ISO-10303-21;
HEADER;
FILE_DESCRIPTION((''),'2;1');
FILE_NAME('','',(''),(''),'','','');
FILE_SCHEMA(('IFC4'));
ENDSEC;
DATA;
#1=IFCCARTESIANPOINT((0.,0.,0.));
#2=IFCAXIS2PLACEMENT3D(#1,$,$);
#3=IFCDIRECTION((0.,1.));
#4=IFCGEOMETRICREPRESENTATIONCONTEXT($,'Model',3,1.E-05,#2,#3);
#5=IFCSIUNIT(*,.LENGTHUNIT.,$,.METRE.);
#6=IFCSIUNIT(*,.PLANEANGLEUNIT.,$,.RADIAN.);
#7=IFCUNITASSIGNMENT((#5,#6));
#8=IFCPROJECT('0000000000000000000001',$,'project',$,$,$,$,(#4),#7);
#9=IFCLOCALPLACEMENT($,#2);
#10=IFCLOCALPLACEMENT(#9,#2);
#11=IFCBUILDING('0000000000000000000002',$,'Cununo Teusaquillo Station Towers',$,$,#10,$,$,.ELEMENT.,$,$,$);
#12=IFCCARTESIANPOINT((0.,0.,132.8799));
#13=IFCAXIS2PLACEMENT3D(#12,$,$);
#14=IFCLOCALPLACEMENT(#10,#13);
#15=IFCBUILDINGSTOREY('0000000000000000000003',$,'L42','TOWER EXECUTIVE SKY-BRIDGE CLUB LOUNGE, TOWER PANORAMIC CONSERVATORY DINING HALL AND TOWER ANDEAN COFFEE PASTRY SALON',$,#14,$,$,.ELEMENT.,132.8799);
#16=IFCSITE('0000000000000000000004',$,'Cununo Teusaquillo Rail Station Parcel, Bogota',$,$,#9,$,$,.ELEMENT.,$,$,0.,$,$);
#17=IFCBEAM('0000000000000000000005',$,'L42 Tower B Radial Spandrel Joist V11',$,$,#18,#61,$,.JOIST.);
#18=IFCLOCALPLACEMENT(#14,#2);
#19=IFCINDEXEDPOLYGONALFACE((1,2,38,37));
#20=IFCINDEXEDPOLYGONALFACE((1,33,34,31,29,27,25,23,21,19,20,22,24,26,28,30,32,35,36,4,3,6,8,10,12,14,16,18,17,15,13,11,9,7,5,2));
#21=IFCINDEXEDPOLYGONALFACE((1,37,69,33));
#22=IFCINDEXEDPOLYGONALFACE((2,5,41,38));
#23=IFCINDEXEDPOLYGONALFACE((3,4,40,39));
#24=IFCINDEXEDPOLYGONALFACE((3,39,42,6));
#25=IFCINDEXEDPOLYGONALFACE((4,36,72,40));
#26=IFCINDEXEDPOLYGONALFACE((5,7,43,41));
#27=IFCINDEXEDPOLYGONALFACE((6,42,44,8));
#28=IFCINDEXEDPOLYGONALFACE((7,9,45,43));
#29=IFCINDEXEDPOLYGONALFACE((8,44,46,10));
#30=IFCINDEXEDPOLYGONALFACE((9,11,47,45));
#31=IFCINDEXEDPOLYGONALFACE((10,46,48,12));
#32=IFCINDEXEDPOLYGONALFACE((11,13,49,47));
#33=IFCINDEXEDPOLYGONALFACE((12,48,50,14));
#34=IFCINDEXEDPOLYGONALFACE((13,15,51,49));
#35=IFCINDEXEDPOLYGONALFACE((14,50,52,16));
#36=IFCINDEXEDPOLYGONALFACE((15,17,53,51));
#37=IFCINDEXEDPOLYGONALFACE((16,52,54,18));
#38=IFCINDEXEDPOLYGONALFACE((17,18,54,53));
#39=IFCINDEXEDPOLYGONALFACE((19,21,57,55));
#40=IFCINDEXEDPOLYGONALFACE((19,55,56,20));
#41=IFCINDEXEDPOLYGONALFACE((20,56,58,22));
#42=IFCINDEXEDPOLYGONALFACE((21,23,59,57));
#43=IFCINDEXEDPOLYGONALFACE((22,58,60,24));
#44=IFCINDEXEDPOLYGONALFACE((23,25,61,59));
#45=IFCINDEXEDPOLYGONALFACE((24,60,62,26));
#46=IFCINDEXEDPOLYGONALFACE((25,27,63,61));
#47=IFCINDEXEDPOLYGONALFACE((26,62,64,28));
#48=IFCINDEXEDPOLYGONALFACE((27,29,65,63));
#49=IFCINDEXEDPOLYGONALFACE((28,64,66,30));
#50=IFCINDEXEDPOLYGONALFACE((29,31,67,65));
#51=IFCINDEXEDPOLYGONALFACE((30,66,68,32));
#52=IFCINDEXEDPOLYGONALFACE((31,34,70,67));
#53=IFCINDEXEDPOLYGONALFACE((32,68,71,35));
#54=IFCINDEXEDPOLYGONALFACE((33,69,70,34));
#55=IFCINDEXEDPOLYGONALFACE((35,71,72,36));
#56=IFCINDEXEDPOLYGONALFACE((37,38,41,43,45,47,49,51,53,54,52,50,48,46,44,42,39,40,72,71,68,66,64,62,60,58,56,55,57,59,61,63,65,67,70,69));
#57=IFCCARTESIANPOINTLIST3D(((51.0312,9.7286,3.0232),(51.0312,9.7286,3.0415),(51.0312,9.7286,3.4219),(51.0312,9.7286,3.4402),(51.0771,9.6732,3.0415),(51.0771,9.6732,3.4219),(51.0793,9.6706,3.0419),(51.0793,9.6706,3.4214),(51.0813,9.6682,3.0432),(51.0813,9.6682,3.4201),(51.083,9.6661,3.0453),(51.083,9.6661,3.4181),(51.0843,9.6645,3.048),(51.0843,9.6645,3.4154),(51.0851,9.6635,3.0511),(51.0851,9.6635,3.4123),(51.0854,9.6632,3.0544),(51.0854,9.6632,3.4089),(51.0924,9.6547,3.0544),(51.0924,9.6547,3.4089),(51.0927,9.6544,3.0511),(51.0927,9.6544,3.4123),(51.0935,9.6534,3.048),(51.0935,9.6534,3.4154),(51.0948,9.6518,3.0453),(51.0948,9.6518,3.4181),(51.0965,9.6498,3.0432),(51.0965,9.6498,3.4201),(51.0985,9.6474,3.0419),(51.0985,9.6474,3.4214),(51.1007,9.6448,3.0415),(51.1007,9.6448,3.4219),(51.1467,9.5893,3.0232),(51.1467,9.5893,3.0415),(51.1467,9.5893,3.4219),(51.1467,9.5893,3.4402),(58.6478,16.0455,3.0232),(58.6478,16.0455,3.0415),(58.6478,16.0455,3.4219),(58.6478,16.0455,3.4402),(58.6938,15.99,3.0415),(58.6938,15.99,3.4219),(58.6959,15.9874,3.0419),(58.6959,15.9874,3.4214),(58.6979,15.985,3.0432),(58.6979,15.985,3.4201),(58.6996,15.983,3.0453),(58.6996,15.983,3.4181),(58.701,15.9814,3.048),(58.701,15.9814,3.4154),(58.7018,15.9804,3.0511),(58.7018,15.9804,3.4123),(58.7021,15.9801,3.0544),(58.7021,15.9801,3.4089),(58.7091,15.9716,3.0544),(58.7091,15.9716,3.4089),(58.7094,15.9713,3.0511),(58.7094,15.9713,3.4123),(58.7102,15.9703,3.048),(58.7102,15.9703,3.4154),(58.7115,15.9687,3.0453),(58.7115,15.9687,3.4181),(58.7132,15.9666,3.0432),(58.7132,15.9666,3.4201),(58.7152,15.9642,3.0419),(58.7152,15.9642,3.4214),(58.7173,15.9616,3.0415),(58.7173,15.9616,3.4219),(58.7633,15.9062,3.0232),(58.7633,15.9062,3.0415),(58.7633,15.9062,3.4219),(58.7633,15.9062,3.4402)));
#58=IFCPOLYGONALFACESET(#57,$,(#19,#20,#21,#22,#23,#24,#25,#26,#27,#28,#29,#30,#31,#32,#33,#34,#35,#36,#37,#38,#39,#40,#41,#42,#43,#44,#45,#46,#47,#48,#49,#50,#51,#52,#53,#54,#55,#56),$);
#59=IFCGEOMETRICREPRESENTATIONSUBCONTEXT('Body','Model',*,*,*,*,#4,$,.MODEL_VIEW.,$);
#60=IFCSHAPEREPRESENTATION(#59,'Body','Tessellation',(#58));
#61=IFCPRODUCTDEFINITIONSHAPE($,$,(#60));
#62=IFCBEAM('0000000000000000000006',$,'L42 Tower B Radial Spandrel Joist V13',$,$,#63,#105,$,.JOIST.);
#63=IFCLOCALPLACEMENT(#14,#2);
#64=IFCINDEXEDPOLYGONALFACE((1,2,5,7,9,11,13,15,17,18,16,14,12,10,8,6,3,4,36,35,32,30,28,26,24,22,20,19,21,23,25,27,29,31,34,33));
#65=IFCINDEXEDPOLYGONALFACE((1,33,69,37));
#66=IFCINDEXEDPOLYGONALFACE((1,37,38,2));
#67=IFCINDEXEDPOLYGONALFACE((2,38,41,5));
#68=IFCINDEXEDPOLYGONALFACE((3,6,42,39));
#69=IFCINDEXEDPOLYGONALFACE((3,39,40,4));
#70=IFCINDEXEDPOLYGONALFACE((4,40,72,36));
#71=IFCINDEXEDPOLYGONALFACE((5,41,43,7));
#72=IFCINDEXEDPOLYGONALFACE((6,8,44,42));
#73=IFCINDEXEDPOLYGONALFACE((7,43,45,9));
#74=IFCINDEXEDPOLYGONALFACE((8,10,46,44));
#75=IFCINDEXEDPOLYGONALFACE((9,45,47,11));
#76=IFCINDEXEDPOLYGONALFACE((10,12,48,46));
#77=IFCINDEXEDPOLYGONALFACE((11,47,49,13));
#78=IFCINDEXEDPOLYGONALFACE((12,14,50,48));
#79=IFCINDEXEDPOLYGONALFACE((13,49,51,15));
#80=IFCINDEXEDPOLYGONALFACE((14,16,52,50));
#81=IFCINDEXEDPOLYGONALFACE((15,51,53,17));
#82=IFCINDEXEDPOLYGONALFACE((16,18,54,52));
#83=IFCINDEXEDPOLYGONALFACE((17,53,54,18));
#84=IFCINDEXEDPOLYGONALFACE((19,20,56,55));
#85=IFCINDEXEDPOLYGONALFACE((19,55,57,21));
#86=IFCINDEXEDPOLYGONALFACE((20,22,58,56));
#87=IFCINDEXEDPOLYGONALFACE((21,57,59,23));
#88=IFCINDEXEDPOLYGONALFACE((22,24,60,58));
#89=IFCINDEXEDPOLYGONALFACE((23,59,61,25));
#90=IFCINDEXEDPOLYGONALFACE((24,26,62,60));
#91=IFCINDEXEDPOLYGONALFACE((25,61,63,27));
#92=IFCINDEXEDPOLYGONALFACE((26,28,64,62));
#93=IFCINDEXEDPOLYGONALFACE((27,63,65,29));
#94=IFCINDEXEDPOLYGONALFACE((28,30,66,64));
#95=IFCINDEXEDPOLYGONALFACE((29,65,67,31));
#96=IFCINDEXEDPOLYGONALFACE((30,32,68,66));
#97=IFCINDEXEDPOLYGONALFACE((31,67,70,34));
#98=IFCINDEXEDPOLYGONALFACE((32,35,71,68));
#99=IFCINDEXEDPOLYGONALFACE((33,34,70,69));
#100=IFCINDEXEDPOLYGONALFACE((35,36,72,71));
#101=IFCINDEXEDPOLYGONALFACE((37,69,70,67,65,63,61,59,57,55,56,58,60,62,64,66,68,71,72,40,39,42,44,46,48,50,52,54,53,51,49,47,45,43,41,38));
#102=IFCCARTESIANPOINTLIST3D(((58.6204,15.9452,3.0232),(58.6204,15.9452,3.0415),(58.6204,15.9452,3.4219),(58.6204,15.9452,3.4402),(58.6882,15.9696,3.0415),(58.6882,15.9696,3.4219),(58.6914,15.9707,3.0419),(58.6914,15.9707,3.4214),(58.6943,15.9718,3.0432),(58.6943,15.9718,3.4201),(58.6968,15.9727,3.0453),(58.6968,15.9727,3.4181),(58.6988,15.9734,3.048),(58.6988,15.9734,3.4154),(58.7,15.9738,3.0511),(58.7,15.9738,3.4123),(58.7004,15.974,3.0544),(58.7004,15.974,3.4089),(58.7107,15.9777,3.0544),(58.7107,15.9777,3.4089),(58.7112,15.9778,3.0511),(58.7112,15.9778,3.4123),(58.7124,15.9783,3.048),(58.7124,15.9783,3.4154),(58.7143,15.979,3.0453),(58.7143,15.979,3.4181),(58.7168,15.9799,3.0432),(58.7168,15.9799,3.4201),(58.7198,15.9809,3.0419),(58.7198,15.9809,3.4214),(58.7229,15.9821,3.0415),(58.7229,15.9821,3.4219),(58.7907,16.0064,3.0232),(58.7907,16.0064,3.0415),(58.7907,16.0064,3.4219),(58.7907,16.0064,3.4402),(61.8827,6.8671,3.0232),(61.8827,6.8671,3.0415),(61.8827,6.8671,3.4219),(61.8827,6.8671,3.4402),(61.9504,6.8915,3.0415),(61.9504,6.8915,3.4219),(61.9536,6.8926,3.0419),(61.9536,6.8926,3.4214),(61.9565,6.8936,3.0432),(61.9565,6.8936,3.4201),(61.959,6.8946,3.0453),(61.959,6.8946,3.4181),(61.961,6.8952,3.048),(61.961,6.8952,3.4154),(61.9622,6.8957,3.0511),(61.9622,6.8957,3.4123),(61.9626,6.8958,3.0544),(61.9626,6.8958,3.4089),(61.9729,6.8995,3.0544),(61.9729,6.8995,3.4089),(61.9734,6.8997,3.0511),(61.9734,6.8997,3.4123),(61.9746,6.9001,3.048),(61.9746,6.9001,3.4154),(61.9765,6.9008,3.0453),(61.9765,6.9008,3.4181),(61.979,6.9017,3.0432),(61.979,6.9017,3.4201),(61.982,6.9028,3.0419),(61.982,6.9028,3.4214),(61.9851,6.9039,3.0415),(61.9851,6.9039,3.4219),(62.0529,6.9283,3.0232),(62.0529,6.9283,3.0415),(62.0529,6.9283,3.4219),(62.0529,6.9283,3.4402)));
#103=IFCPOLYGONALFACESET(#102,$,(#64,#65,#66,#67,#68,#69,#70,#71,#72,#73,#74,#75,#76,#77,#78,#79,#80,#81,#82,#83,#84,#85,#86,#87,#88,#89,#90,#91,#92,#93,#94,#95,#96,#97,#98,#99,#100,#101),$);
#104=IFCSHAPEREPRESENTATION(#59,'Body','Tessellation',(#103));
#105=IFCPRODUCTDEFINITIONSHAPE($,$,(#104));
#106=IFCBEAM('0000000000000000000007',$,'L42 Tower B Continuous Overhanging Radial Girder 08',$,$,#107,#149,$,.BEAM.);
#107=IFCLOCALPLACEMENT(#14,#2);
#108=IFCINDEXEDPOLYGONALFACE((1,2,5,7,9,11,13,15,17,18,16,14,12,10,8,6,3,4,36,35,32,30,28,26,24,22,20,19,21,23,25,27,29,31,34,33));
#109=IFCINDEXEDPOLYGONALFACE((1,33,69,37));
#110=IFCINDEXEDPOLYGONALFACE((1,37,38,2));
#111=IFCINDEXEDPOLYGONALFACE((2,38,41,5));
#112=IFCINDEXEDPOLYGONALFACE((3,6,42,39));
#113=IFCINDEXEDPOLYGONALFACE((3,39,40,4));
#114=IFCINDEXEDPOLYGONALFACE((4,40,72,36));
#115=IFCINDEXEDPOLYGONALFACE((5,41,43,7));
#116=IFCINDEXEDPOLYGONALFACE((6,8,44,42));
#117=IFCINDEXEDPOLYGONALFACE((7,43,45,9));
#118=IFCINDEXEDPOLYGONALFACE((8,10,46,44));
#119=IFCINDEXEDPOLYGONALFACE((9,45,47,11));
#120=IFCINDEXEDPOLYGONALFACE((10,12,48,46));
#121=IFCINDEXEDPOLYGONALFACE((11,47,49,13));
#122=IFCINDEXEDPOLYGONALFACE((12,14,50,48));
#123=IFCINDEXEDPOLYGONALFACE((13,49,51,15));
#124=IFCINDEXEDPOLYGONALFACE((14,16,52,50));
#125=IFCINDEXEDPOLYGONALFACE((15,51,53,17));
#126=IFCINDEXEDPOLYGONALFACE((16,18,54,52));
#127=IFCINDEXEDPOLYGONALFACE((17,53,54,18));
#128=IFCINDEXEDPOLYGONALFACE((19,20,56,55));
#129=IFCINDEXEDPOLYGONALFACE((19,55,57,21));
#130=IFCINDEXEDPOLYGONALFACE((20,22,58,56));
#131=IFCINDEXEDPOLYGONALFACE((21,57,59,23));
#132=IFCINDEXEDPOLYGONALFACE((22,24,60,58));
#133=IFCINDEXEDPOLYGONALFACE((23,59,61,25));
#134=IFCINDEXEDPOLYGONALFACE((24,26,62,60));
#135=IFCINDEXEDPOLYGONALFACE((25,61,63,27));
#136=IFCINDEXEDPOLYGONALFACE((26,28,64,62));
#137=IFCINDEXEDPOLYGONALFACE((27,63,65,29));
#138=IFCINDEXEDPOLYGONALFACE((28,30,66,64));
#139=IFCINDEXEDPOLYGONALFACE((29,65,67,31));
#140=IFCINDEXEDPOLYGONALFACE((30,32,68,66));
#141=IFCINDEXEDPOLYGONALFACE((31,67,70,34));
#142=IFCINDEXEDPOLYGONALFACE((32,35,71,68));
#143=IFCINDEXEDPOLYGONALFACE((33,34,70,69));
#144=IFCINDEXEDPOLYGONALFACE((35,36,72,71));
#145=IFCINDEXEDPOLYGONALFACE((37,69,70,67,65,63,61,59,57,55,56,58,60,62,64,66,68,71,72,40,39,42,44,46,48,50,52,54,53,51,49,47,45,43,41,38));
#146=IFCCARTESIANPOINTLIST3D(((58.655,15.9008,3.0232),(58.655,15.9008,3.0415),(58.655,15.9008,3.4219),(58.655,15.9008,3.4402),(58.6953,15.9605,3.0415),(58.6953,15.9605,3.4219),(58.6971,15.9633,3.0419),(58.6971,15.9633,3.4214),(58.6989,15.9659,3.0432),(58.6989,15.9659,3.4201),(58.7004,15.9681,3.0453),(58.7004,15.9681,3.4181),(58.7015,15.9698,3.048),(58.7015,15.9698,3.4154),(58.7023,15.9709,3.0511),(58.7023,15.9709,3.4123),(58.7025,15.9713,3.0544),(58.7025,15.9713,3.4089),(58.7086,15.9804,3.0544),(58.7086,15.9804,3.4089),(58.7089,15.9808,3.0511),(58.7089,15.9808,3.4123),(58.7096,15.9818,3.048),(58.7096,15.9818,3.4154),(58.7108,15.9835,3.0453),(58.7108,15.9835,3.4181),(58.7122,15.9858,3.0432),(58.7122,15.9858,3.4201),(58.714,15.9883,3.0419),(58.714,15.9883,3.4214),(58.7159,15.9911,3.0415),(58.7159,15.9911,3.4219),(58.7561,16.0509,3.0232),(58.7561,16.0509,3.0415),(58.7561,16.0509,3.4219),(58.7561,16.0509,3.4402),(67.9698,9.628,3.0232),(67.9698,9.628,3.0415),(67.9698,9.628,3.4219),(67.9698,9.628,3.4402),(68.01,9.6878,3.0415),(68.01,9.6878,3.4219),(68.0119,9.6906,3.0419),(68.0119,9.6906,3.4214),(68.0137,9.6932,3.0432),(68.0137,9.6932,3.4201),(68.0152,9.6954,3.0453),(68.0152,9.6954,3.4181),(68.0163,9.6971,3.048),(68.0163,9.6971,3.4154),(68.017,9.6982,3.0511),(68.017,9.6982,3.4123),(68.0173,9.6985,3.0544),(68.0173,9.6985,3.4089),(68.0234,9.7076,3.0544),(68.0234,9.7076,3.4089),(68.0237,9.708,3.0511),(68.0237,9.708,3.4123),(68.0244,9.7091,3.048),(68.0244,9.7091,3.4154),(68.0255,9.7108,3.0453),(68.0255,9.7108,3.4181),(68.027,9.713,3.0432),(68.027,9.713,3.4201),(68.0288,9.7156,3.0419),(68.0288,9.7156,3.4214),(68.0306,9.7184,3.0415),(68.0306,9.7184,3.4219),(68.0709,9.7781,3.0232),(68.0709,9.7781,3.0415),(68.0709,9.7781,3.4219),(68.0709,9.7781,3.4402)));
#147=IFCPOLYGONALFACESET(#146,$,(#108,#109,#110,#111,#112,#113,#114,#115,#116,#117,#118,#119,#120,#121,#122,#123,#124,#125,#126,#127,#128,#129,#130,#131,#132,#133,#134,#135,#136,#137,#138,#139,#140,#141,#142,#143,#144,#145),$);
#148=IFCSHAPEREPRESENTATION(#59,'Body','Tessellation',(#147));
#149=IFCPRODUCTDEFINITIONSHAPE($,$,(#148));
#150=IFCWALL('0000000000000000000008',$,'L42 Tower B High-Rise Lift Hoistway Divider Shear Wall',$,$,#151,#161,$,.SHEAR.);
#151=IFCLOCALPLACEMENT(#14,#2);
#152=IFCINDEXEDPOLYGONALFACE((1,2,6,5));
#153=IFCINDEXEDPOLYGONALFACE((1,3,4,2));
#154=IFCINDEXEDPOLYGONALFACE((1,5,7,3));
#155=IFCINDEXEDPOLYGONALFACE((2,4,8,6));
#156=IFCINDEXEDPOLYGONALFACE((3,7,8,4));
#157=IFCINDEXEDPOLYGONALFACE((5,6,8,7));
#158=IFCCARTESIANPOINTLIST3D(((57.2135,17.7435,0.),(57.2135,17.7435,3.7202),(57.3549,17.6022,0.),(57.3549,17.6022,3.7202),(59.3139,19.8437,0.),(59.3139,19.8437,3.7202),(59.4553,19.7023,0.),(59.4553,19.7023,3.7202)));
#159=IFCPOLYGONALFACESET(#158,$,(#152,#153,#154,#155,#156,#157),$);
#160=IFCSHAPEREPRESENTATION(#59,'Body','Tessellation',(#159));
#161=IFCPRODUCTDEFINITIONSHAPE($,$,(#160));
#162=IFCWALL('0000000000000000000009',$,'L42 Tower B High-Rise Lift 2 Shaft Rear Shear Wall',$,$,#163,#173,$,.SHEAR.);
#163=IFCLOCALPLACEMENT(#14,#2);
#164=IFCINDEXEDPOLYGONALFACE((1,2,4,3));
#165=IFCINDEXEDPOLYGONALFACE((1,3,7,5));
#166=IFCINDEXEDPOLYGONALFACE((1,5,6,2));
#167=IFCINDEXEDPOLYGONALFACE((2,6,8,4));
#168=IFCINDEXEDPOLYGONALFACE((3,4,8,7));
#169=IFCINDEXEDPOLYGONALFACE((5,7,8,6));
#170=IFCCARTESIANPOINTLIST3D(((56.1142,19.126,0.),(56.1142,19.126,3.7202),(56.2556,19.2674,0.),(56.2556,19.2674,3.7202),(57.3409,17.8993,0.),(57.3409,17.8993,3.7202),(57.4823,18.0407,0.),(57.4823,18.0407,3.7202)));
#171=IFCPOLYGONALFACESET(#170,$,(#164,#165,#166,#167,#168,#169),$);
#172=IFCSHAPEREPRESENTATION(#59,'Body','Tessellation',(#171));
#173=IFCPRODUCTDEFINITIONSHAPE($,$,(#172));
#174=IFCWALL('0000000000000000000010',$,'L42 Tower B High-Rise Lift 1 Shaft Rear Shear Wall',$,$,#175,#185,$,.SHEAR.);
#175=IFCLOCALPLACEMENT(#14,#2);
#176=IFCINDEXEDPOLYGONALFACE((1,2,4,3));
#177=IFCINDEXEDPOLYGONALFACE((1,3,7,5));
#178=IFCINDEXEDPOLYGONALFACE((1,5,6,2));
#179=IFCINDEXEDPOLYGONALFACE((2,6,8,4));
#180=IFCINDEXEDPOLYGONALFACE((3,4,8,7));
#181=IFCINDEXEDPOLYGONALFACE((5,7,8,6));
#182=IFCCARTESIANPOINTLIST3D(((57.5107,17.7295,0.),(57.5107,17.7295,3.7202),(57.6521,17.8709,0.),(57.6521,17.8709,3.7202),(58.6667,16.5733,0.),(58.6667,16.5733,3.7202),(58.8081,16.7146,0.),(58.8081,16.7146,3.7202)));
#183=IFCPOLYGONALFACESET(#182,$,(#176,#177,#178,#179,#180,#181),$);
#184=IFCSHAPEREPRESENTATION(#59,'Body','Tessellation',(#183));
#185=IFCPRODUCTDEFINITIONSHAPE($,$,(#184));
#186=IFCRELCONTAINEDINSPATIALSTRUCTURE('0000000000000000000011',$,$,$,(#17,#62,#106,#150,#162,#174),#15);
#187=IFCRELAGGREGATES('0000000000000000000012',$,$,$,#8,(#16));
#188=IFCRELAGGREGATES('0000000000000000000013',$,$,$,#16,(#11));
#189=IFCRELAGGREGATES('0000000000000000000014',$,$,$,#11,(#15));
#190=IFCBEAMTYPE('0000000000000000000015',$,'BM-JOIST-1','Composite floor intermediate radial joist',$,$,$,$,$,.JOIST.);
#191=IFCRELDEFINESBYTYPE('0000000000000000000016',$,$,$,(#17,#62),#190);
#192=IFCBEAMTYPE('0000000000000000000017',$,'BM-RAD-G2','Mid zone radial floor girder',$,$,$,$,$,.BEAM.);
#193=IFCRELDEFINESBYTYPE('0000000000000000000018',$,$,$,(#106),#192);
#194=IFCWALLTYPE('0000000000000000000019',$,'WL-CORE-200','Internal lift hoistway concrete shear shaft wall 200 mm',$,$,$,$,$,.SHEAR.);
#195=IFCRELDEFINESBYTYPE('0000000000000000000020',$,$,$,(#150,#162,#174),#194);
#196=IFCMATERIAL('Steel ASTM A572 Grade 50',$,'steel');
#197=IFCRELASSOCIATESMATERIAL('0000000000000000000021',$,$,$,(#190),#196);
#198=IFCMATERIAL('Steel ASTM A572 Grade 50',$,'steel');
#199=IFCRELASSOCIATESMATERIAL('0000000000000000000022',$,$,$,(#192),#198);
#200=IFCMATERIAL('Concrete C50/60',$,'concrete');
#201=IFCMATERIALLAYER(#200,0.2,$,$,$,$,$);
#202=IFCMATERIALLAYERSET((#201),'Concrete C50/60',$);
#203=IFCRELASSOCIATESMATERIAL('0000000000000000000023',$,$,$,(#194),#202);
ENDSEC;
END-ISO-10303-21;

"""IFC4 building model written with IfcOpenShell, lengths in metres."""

from ifc_helpers import new_model, si_unit, direction, frame, frame_2d, origin, origin_2d, place, context, subcontext, project, spatial, rectangle, i_section, extrude, material, layer, layer_set, material_profile, profile_set, type_object, element, save


model = new_model("IFC4")

# Units and contexts
model_context = context("Model", 3, precision=1e-05, world=origin(), true_north=direction((0.0, 1.0)))
body_context = subcontext(model_context, "Body", "Model", "MODEL_VIEW")
ifc_project = project(units=[si_unit("LENGTHUNIT", "METRE"), si_unit("PLANEANGLEUNIT", "RADIAN")], contexts=[model_context])

# Site, building, storey
site_placement = place(None, origin())
site = spatial("IfcSite", under=ifc_project, at=site_placement, Name="Cununo Teusaquillo Rail Station Parcel, Bogota", CompositionType="ELEMENT", RefElevation=0.0)
building_placement = place(site_placement, origin())
building = spatial("IfcBuilding", under=site, at=building_placement, Name="Cununo Teusaquillo Station Towers", CompositionType="ELEMENT")
storey_placement = place(building_placement, frame((0.0, 0.0, 132.8799)))
storey = spatial("IfcBuildingStorey", under=building, at=storey_placement, Name="L42", Description="TOWER EXECUTIVE SKY-BRIDGE CLUB LOUNGE, TOWER PANORAMIC CONSERVATORY DINING HALL AND TOWER ANDEAN COFFEE PASTRY SALON", CompositionType="ELEMENT", Elevation=132.8799)

# Beams
ifc_material_1 = material(Name="Steel ASTM A572 Grade 50", Category="steel")
ifc_material_profile_1 = material_profile(ifc_material_1, i_section(OverallWidth=0.1809, OverallDepth=0.417, WebThickness=0.011, FlangeThickness=0.0183, FilletRadius=0.0129, at=origin_2d()), Name="W16X57")
ifc_profile_set_1 = profile_set([ifc_material_profile_1], Name="Steel ASTM A572 Grade 50")
beam_type_1 = type_object("IfcBeamType", Name="BM-JOIST-1", Description="Composite floor intermediate radial joist", PredefinedType="JOIST", material=ifc_profile_set_1)
beam_1_placement = place(storey_placement, frame((58.7056, 15.9758, 3.2317), z_axis=(-0.769728, -0.638372, 0.0), x_axis=(0.638372, -0.769728, 0.0)))
element("IfcBeam", 1, at=beam_1_placement, inside=storey, type_object=beam_type_1, Name="L42 Tower B Radial Spandrel Joist V11", PredefinedType="JOIST", context=body_context, shape_type="SweptSolid", body=[
    extrude(i_section(OverallWidth=0.1809, OverallDepth=0.417, WebThickness=0.011, FlangeThickness=0.0183, FilletRadius=0.0129, at=origin_2d()), origin(), (0.0, 0.0, 1.0), 9.8953),
])
beam_2_placement = place(storey_placement, frame((58.7056, 15.9758, 3.2317), z_axis=(0.338176, -0.941083, 0.0), x_axis=(0.941083, 0.338176, 0.0)))
element("IfcBeam", 2, at=beam_2_placement, inside=storey, type_object=beam_type_1, Name="L42 Tower B Radial Spandrel Joist V13", PredefinedType="JOIST", context=body_context, shape_type="SweptSolid", body=[
    extrude(i_section(OverallWidth=0.1809, OverallDepth=0.417, WebThickness=0.011, FlangeThickness=0.0183, FilletRadius=0.0129, at=origin_2d()), origin(), (0.0, 0.0, 1.0), 9.6465),
])
ifc_material_2 = material(Name="Steel ASTM A572 Grade 50", Category="steel")
ifc_material_profile_2 = material_profile(ifc_material_2, i_section(OverallWidth=0.1809, OverallDepth=0.417, WebThickness=0.011, FlangeThickness=0.0183, FilletRadius=0.0129, at=origin_2d()), Name="W16X57")
ifc_profile_set_2 = profile_set([ifc_material_profile_2], Name="Steel ASTM A572 Grade 50")
beam_type_2 = type_object("IfcBeamType", Name="BM-RAD-G2", Description="Mid zone radial floor girder", PredefinedType="BEAM", material=ifc_profile_set_2)
beam_3_placement = place(storey_placement, frame((58.7056, 15.9758, 3.2317), z_axis=(0.829456, -0.558572, 0.0), x_axis=(0.558572, 0.829456, 0.0)))
element("IfcBeam", 3, at=beam_3_placement, inside=storey, type_object=beam_type_2, Name="L42 Tower B Continuous Overhanging Radial Girder 08", PredefinedType="BEAM", context=body_context, shape_type="SweptSolid", body=[
    extrude(i_section(OverallWidth=0.1809, OverallDepth=0.417, WebThickness=0.011, FlangeThickness=0.0183, FilletRadius=0.0129, at=origin_2d()), origin(), (0.0, 0.0, 1.0), 11.23),
])

# Walls
ifc_material_3 = material(Name="Concrete C50/60", Category="concrete")
ifc_layer_1 = layer(ifc_material_3, 0.2)
ifc_layer_set_1 = layer_set([ifc_layer_1], Name="Concrete C50/60")
wall_type_1 = type_object("IfcWallType", Name="WL-CORE-200", Description="Internal lift hoistway concrete shear shaft wall 200 mm", PredefinedType="SHEAR", material=ifc_layer_set_1)
wall_1_placement = place(storey_placement, frame((57.2842, 17.6729, 0.0), z_axis=(0.0, 0.0, 1.0), x_axis=(0.707148, 0.707066, 0.0)))
element("IfcWall", 4, at=wall_1_placement, inside=storey, type_object=wall_type_1, Name="L42 Tower B High-Rise Lift Hoistway Divider Shear Wall", PredefinedType="SHEAR", context=body_context, shape_type="SweptSolid", body=[
    extrude(rectangle(XDim=2.9702, YDim=0.2, at=frame_2d((1.4851, 0.0))), origin(), (0.0, 0.0, 1.0), 3.7202),
])
wall_2_placement = place(storey_placement, frame((57.4116, 17.97, 0.0), z_axis=(0.0, 0.0, 1.0), x_axis=(-0.707107, 0.707107, 0.0)))
element("IfcWall", 5, at=wall_2_placement, inside=storey, type_object=wall_type_1, Name="L42 Tower B High-Rise Lift 2 Shaft Rear Shear Wall", PredefinedType="SHEAR", context=body_context, shape_type="SweptSolid", body=[
    extrude(rectangle(XDim=1.7349, YDim=0.2, at=frame_2d((0.8674, 0.0))), origin(), (0.0, 0.0, 1.0), 3.7202),
])
wall_3_placement = place(storey_placement, frame((58.7373, 16.644, 0.0), z_axis=(0.0, 0.0, 1.0), x_axis=(-0.707032, 0.707181, 0.0)))
element("IfcWall", 6, at=wall_3_placement, inside=storey, type_object=wall_type_1, Name="L42 Tower B High-Rise Lift 1 Shaft Rear Shear Wall", PredefinedType="SHEAR", context=body_context, shape_type="SweptSolid", body=[
    extrude(rectangle(XDim=1.635, YDim=0.2, at=frame_2d((0.8174, 0.0))), origin(), (0.0, 0.0, 1.0), 3.7202),
])

save(model, "model.ifc")
